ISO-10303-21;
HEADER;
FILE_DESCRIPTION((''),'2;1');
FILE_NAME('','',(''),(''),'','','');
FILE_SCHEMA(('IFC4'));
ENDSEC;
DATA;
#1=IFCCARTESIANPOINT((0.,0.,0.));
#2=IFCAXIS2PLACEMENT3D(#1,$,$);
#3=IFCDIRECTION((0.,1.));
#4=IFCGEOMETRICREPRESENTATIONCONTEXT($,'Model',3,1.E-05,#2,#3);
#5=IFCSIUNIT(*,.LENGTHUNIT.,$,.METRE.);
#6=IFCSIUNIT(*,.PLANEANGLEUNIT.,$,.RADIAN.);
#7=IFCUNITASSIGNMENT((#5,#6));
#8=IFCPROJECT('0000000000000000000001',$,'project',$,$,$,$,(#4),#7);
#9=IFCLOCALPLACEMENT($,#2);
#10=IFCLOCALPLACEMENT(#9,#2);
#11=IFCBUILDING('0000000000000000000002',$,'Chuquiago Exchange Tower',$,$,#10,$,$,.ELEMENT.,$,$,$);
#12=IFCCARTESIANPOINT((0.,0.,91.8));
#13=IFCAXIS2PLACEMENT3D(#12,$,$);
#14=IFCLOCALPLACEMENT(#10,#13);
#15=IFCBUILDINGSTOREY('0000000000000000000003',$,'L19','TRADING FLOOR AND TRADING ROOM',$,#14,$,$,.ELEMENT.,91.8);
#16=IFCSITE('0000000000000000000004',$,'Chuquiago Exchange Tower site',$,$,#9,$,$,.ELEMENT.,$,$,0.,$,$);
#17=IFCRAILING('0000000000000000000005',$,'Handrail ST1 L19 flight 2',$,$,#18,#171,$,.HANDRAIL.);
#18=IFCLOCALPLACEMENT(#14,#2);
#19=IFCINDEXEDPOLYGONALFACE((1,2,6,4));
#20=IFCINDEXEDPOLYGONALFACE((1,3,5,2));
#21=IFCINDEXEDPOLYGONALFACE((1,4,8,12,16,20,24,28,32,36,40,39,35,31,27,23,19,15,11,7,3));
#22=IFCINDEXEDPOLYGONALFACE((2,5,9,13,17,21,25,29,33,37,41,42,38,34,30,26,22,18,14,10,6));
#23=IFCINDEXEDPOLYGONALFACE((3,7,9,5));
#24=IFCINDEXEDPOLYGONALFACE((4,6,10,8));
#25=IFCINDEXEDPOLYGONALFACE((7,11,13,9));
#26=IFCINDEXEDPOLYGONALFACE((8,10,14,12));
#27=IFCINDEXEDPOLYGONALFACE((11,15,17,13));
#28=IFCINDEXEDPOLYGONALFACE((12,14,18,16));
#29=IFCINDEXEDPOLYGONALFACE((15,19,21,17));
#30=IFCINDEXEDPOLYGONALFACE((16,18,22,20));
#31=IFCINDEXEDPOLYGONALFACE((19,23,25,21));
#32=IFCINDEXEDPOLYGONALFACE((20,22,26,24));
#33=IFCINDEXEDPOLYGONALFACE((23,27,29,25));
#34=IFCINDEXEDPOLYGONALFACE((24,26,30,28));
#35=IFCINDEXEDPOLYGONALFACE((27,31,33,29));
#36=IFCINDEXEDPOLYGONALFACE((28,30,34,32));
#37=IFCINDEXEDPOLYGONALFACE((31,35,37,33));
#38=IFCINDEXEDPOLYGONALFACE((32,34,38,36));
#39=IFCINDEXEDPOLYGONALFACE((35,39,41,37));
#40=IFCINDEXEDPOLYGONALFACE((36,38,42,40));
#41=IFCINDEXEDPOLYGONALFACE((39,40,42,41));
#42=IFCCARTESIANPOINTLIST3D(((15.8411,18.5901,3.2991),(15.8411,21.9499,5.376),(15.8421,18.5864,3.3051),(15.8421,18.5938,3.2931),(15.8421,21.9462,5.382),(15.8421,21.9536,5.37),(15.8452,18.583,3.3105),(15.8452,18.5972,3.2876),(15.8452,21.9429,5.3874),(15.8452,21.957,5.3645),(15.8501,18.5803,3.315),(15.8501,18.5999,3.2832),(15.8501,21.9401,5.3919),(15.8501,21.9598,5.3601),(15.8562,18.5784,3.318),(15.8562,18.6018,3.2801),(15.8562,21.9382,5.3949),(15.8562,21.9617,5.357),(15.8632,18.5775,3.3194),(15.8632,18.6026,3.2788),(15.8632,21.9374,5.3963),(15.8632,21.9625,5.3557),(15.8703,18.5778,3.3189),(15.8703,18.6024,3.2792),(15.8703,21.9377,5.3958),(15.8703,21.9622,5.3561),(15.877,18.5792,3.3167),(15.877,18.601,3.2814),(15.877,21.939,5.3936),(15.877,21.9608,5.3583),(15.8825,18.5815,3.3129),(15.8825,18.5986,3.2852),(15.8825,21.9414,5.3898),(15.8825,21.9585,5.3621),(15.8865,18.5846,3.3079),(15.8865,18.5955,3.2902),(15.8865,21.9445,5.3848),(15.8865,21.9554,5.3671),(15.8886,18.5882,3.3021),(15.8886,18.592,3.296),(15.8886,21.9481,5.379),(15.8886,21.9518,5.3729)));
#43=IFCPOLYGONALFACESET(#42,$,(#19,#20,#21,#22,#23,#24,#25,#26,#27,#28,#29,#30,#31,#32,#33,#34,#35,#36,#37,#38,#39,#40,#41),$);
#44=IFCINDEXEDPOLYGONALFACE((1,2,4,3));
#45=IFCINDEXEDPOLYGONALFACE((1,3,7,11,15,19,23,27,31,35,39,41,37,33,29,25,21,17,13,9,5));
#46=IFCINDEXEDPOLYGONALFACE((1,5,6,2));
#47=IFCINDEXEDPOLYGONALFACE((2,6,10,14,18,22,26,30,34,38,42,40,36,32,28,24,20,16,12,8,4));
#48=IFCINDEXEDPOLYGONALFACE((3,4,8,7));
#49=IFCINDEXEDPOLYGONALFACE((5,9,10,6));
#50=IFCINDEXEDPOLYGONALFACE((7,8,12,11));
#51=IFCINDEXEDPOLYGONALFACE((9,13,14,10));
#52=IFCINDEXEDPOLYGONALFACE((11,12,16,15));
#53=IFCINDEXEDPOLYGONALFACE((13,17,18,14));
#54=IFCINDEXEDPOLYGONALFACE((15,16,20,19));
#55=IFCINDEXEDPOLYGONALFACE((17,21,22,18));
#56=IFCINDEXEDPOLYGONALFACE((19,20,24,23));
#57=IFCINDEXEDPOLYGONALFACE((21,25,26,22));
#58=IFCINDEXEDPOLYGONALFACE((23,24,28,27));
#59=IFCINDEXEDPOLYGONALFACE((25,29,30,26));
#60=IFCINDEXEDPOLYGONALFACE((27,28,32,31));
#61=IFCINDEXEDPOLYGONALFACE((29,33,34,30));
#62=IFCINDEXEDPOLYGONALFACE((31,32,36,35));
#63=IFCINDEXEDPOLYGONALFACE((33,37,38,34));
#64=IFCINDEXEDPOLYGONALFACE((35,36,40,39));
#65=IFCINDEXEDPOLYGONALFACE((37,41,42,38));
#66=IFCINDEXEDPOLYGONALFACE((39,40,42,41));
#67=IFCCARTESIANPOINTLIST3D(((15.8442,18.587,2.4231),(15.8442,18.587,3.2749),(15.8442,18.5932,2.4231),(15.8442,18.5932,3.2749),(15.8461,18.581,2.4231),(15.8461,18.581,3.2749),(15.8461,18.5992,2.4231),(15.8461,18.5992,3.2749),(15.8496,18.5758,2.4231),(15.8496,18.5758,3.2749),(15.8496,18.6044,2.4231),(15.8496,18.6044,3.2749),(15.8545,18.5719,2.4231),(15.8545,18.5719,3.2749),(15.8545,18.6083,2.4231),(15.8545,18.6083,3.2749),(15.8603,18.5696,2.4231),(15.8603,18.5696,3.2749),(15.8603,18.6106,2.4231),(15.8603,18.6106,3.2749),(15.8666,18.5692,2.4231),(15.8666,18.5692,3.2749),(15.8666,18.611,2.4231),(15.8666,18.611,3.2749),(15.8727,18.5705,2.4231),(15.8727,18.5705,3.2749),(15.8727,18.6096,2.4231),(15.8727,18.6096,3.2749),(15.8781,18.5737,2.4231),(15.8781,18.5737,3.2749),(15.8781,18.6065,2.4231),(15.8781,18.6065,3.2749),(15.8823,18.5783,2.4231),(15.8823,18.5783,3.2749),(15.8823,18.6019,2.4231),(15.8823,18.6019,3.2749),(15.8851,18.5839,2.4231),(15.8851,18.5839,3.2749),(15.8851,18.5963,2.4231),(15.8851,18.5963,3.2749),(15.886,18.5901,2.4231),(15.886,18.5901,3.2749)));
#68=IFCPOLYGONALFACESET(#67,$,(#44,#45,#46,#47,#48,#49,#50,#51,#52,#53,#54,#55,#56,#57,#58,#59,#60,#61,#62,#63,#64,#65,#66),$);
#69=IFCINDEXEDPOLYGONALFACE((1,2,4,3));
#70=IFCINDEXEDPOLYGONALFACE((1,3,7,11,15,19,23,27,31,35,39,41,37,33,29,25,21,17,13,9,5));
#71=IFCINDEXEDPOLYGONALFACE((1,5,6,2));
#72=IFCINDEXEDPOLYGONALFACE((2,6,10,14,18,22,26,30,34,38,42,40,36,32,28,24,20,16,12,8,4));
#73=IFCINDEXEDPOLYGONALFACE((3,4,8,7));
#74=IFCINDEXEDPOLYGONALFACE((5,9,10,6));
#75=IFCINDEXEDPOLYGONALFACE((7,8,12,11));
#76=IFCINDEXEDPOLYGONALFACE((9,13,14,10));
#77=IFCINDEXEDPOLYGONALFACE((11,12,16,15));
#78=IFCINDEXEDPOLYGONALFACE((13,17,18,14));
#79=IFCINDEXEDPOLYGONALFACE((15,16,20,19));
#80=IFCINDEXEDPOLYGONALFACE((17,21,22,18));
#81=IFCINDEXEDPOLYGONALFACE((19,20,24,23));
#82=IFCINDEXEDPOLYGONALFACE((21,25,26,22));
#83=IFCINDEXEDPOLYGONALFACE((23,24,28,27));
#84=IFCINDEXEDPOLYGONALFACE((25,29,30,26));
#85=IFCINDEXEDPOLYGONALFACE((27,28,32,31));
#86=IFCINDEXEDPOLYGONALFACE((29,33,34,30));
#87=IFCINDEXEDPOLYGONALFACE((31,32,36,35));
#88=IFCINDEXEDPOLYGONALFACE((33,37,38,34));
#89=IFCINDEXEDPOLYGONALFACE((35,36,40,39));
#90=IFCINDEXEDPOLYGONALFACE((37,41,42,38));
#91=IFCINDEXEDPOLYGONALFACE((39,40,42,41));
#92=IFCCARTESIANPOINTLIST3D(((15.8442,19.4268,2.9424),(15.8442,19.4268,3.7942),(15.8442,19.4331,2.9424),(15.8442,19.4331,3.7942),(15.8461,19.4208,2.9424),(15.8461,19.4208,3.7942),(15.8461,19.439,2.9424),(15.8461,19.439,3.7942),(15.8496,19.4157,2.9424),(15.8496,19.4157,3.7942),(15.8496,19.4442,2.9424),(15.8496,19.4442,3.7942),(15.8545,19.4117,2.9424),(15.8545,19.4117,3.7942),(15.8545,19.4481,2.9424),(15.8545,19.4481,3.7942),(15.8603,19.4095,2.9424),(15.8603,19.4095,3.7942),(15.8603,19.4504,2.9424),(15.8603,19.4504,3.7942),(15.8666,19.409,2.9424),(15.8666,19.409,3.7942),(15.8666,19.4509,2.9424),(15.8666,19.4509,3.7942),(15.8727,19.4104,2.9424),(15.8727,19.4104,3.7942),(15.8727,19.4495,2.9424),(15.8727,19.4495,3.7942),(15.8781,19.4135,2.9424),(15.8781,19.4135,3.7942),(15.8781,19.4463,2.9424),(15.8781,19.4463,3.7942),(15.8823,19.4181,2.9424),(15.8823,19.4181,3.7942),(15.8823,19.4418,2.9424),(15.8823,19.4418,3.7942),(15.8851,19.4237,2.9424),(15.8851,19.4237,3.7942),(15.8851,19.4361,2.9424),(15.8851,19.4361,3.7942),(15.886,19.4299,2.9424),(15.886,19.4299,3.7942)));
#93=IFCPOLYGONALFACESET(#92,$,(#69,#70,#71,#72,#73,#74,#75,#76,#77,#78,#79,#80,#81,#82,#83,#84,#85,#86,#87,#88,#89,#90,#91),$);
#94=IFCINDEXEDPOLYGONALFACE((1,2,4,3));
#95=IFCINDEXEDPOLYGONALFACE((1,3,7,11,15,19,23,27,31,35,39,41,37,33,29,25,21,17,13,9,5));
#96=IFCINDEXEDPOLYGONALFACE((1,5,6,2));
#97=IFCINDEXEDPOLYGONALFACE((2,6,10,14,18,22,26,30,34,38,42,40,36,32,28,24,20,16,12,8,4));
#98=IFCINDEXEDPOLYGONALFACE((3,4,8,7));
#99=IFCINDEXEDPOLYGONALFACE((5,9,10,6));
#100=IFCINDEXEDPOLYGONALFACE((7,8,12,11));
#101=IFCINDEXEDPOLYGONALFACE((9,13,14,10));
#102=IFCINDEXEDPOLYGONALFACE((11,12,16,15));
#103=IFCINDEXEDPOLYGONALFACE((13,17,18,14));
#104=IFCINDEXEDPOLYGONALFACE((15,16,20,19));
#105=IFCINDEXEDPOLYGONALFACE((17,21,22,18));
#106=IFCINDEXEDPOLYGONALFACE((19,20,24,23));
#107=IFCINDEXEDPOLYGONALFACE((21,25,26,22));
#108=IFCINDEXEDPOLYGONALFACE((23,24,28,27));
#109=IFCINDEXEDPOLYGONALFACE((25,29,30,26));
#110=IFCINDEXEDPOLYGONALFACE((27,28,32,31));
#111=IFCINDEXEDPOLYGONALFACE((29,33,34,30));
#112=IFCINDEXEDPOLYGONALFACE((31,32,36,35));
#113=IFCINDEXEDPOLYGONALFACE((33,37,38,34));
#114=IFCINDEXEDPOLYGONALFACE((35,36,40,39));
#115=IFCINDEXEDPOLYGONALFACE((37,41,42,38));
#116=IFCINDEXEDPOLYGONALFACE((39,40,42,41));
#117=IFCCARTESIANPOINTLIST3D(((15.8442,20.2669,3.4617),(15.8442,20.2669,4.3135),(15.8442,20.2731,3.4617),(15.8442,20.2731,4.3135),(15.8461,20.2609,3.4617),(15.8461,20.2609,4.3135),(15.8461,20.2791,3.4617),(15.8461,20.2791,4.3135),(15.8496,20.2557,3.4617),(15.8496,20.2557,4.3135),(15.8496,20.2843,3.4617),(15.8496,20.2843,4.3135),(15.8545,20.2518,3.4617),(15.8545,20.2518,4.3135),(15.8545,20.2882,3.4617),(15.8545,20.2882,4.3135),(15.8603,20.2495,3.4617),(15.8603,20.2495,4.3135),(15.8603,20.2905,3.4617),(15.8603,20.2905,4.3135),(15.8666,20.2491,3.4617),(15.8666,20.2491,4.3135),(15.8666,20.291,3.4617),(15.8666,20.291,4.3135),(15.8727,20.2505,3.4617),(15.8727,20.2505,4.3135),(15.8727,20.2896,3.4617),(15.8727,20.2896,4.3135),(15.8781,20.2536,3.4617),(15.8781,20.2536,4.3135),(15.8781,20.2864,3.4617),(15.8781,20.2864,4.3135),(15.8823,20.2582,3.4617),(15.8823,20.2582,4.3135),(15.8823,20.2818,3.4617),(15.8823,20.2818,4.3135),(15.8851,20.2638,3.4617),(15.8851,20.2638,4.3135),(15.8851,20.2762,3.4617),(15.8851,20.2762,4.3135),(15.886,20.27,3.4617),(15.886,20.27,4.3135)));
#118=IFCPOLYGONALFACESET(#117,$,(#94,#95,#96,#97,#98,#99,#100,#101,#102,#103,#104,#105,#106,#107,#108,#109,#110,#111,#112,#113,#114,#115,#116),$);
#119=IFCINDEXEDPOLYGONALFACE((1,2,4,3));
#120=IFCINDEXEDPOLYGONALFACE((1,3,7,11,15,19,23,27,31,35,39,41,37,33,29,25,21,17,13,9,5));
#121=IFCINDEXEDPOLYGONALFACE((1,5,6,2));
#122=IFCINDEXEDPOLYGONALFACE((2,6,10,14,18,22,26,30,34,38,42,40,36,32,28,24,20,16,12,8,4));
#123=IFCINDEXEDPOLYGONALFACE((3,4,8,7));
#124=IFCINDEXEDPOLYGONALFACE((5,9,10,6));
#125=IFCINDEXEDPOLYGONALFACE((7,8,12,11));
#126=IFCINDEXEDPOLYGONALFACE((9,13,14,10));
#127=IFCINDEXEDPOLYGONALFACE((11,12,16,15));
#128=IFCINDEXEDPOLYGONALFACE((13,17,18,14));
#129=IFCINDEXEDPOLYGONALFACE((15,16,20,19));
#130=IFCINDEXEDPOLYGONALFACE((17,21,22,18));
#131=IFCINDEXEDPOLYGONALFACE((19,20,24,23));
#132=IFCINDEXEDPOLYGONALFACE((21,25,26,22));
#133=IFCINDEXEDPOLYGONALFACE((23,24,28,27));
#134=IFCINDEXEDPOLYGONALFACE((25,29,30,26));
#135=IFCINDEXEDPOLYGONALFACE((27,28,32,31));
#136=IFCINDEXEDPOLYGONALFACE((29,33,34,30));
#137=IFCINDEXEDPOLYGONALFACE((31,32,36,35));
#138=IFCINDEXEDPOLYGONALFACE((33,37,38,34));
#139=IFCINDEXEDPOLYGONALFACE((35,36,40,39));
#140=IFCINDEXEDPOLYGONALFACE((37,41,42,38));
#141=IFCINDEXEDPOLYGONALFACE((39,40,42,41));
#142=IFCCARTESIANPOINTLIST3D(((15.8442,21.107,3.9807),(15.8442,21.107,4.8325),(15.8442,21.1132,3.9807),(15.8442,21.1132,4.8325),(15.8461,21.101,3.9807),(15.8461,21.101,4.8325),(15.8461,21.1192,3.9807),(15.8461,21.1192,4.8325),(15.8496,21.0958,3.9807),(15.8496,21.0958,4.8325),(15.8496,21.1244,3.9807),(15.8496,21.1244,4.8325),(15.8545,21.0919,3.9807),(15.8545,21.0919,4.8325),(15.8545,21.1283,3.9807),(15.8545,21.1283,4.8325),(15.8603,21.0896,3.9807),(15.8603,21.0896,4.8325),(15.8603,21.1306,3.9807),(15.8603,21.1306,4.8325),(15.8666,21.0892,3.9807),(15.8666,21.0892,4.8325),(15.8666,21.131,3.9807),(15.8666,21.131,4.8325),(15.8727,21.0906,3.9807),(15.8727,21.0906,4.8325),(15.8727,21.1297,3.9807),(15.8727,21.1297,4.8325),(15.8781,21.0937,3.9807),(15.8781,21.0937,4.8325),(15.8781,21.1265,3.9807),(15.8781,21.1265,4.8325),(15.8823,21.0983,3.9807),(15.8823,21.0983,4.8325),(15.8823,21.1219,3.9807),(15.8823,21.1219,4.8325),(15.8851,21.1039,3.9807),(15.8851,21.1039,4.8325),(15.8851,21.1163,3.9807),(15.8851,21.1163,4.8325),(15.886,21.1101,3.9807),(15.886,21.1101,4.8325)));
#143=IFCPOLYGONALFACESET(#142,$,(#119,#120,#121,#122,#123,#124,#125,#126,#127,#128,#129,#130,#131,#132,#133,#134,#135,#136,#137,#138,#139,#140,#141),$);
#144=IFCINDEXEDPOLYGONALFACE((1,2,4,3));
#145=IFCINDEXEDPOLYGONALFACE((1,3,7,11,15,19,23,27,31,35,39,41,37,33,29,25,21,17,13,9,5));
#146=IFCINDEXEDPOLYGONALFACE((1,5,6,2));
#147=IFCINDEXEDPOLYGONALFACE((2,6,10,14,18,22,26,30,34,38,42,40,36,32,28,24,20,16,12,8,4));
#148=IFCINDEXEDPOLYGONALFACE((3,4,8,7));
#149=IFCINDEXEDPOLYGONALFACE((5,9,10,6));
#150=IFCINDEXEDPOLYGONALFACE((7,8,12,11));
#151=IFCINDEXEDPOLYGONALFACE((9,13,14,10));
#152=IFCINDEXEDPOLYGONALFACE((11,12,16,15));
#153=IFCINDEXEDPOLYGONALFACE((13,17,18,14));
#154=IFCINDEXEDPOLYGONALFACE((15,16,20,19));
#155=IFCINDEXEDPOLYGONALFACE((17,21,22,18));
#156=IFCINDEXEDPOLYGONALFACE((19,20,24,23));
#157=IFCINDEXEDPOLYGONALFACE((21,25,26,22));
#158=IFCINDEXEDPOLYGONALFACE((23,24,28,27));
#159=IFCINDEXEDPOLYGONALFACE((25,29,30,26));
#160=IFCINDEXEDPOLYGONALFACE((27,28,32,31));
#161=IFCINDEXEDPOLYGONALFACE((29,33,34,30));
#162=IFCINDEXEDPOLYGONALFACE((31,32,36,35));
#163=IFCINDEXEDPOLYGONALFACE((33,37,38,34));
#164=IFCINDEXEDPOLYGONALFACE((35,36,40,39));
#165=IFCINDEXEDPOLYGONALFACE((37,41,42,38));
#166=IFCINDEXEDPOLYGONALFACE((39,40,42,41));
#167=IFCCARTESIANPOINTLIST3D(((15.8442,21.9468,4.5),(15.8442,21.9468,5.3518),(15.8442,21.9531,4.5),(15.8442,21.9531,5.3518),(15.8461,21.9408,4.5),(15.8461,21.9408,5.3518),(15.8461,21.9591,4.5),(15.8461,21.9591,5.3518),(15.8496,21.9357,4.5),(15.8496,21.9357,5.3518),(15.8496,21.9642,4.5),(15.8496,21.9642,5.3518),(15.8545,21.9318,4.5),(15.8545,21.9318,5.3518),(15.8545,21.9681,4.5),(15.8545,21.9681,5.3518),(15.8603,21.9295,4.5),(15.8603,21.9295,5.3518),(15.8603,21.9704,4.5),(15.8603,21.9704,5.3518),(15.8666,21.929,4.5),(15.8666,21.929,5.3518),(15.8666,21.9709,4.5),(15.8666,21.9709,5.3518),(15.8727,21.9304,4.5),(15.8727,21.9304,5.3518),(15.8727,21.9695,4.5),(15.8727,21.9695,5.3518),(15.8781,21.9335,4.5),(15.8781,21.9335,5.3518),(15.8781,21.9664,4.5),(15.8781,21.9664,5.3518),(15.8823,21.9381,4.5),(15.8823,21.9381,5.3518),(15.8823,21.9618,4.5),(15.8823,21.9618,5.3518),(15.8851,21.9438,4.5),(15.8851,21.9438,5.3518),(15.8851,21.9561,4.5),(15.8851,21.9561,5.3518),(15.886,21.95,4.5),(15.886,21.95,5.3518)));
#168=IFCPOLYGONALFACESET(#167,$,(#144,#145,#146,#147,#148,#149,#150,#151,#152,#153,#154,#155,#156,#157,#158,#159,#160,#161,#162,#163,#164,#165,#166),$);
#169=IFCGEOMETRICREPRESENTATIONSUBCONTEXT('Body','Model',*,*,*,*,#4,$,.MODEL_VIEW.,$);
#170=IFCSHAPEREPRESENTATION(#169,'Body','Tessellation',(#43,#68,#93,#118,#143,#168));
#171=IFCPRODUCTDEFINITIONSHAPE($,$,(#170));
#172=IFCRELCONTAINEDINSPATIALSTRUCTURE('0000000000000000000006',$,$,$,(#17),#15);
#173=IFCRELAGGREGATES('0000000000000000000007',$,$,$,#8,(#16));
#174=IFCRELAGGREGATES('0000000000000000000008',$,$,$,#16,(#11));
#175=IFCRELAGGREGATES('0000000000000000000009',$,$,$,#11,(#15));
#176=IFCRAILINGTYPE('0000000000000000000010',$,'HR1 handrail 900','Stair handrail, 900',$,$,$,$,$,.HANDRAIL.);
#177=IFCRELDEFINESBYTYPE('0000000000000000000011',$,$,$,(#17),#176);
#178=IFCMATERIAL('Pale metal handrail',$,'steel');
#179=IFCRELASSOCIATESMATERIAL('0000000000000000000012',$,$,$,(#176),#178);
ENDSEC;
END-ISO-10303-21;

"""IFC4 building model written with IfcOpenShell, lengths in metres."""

from ifc_helpers import new_model, si_unit, direction, frame, origin, origin_2d, place, context, subcontext, project, spatial, circle, extrude, material, type_object, element, save


model = new_model("IFC4")

# Units and contexts
model_context = context("Model", 3, precision=1e-05, world=origin(), true_north=direction((0.0, 1.0)))
body_context = subcontext(model_context, "Body", "Model", "MODEL_VIEW")
ifc_project = project(units=[si_unit("LENGTHUNIT", "METRE"), si_unit("PLANEANGLEUNIT", "RADIAN")], contexts=[model_context])

# Site, building, storey
site_placement = place(None, origin())
site = spatial("IfcSite", under=ifc_project, at=site_placement, Name="Chuquiago Exchange Tower site", CompositionType="ELEMENT", RefElevation=0.0)
building_placement = place(site_placement, origin())
building = spatial("IfcBuilding", under=site, at=building_placement, Name="Chuquiago Exchange Tower", CompositionType="ELEMENT")
storey_placement = place(building_placement, frame((0.0, 0.0, 91.8)))
storey = spatial("IfcBuildingStorey", under=building, at=storey_placement, Name="L19", Description="TRADING FLOOR AND TRADING ROOM", CompositionType="ELEMENT", Elevation=91.8)

# Railing
ifc_material_1 = material(Name="Pale metal handrail", Category="steel")
railing_type_1 = type_object("IfcRailingType", Name="HR1 handrail 900", Description="Stair handrail, 900", PredefinedType="HANDRAIL", material=ifc_material_1)
for number, where, name in (
    (1, (15.865, 18.5901, 2.4231), "Handrail ST1 L19 flight 2"),
):
    element("IfcRailing", number, at=place(storey_placement, frame(where)), inside=storey, type_object=railing_type_1, Name=name, PredefinedType="HANDRAIL", context=body_context, shape_type="SweptSolid", body=[
        extrude(circle(Radius=0.0239, at=origin_2d()), frame((0.0, 0.0, 0.876), z_axis=(0.0, 0.850606, 0.525803), x_axis=(-1.0, 0.0, 0.0)), (0.0, 0.0, 1.0), 3.95),
        extrude(circle(Radius=0.021, at=origin_2d()), origin(), (0.0, 0.0, 1.0), 0.8518),
        extrude(circle(Radius=0.021, at=origin_2d()), frame((0.0, 0.8398, 0.5193)), (0.0, 0.0, 1.0), 0.8518),
        extrude(circle(Radius=0.021, at=origin_2d()), frame((0.0, 1.6799, 1.0386)), (0.0, 0.0, 1.0), 0.8518),
        extrude(circle(Radius=0.021, at=origin_2d()), frame((0.0, 2.52, 1.5576)), (0.0, 0.0, 1.0), 0.8518),
        extrude(circle(Radius=0.021, at=origin_2d()), frame((0.0, 3.3599, 2.0769)), (0.0, 0.0, 1.0), 0.8518),
    ])

save(model, "model.ifc")
